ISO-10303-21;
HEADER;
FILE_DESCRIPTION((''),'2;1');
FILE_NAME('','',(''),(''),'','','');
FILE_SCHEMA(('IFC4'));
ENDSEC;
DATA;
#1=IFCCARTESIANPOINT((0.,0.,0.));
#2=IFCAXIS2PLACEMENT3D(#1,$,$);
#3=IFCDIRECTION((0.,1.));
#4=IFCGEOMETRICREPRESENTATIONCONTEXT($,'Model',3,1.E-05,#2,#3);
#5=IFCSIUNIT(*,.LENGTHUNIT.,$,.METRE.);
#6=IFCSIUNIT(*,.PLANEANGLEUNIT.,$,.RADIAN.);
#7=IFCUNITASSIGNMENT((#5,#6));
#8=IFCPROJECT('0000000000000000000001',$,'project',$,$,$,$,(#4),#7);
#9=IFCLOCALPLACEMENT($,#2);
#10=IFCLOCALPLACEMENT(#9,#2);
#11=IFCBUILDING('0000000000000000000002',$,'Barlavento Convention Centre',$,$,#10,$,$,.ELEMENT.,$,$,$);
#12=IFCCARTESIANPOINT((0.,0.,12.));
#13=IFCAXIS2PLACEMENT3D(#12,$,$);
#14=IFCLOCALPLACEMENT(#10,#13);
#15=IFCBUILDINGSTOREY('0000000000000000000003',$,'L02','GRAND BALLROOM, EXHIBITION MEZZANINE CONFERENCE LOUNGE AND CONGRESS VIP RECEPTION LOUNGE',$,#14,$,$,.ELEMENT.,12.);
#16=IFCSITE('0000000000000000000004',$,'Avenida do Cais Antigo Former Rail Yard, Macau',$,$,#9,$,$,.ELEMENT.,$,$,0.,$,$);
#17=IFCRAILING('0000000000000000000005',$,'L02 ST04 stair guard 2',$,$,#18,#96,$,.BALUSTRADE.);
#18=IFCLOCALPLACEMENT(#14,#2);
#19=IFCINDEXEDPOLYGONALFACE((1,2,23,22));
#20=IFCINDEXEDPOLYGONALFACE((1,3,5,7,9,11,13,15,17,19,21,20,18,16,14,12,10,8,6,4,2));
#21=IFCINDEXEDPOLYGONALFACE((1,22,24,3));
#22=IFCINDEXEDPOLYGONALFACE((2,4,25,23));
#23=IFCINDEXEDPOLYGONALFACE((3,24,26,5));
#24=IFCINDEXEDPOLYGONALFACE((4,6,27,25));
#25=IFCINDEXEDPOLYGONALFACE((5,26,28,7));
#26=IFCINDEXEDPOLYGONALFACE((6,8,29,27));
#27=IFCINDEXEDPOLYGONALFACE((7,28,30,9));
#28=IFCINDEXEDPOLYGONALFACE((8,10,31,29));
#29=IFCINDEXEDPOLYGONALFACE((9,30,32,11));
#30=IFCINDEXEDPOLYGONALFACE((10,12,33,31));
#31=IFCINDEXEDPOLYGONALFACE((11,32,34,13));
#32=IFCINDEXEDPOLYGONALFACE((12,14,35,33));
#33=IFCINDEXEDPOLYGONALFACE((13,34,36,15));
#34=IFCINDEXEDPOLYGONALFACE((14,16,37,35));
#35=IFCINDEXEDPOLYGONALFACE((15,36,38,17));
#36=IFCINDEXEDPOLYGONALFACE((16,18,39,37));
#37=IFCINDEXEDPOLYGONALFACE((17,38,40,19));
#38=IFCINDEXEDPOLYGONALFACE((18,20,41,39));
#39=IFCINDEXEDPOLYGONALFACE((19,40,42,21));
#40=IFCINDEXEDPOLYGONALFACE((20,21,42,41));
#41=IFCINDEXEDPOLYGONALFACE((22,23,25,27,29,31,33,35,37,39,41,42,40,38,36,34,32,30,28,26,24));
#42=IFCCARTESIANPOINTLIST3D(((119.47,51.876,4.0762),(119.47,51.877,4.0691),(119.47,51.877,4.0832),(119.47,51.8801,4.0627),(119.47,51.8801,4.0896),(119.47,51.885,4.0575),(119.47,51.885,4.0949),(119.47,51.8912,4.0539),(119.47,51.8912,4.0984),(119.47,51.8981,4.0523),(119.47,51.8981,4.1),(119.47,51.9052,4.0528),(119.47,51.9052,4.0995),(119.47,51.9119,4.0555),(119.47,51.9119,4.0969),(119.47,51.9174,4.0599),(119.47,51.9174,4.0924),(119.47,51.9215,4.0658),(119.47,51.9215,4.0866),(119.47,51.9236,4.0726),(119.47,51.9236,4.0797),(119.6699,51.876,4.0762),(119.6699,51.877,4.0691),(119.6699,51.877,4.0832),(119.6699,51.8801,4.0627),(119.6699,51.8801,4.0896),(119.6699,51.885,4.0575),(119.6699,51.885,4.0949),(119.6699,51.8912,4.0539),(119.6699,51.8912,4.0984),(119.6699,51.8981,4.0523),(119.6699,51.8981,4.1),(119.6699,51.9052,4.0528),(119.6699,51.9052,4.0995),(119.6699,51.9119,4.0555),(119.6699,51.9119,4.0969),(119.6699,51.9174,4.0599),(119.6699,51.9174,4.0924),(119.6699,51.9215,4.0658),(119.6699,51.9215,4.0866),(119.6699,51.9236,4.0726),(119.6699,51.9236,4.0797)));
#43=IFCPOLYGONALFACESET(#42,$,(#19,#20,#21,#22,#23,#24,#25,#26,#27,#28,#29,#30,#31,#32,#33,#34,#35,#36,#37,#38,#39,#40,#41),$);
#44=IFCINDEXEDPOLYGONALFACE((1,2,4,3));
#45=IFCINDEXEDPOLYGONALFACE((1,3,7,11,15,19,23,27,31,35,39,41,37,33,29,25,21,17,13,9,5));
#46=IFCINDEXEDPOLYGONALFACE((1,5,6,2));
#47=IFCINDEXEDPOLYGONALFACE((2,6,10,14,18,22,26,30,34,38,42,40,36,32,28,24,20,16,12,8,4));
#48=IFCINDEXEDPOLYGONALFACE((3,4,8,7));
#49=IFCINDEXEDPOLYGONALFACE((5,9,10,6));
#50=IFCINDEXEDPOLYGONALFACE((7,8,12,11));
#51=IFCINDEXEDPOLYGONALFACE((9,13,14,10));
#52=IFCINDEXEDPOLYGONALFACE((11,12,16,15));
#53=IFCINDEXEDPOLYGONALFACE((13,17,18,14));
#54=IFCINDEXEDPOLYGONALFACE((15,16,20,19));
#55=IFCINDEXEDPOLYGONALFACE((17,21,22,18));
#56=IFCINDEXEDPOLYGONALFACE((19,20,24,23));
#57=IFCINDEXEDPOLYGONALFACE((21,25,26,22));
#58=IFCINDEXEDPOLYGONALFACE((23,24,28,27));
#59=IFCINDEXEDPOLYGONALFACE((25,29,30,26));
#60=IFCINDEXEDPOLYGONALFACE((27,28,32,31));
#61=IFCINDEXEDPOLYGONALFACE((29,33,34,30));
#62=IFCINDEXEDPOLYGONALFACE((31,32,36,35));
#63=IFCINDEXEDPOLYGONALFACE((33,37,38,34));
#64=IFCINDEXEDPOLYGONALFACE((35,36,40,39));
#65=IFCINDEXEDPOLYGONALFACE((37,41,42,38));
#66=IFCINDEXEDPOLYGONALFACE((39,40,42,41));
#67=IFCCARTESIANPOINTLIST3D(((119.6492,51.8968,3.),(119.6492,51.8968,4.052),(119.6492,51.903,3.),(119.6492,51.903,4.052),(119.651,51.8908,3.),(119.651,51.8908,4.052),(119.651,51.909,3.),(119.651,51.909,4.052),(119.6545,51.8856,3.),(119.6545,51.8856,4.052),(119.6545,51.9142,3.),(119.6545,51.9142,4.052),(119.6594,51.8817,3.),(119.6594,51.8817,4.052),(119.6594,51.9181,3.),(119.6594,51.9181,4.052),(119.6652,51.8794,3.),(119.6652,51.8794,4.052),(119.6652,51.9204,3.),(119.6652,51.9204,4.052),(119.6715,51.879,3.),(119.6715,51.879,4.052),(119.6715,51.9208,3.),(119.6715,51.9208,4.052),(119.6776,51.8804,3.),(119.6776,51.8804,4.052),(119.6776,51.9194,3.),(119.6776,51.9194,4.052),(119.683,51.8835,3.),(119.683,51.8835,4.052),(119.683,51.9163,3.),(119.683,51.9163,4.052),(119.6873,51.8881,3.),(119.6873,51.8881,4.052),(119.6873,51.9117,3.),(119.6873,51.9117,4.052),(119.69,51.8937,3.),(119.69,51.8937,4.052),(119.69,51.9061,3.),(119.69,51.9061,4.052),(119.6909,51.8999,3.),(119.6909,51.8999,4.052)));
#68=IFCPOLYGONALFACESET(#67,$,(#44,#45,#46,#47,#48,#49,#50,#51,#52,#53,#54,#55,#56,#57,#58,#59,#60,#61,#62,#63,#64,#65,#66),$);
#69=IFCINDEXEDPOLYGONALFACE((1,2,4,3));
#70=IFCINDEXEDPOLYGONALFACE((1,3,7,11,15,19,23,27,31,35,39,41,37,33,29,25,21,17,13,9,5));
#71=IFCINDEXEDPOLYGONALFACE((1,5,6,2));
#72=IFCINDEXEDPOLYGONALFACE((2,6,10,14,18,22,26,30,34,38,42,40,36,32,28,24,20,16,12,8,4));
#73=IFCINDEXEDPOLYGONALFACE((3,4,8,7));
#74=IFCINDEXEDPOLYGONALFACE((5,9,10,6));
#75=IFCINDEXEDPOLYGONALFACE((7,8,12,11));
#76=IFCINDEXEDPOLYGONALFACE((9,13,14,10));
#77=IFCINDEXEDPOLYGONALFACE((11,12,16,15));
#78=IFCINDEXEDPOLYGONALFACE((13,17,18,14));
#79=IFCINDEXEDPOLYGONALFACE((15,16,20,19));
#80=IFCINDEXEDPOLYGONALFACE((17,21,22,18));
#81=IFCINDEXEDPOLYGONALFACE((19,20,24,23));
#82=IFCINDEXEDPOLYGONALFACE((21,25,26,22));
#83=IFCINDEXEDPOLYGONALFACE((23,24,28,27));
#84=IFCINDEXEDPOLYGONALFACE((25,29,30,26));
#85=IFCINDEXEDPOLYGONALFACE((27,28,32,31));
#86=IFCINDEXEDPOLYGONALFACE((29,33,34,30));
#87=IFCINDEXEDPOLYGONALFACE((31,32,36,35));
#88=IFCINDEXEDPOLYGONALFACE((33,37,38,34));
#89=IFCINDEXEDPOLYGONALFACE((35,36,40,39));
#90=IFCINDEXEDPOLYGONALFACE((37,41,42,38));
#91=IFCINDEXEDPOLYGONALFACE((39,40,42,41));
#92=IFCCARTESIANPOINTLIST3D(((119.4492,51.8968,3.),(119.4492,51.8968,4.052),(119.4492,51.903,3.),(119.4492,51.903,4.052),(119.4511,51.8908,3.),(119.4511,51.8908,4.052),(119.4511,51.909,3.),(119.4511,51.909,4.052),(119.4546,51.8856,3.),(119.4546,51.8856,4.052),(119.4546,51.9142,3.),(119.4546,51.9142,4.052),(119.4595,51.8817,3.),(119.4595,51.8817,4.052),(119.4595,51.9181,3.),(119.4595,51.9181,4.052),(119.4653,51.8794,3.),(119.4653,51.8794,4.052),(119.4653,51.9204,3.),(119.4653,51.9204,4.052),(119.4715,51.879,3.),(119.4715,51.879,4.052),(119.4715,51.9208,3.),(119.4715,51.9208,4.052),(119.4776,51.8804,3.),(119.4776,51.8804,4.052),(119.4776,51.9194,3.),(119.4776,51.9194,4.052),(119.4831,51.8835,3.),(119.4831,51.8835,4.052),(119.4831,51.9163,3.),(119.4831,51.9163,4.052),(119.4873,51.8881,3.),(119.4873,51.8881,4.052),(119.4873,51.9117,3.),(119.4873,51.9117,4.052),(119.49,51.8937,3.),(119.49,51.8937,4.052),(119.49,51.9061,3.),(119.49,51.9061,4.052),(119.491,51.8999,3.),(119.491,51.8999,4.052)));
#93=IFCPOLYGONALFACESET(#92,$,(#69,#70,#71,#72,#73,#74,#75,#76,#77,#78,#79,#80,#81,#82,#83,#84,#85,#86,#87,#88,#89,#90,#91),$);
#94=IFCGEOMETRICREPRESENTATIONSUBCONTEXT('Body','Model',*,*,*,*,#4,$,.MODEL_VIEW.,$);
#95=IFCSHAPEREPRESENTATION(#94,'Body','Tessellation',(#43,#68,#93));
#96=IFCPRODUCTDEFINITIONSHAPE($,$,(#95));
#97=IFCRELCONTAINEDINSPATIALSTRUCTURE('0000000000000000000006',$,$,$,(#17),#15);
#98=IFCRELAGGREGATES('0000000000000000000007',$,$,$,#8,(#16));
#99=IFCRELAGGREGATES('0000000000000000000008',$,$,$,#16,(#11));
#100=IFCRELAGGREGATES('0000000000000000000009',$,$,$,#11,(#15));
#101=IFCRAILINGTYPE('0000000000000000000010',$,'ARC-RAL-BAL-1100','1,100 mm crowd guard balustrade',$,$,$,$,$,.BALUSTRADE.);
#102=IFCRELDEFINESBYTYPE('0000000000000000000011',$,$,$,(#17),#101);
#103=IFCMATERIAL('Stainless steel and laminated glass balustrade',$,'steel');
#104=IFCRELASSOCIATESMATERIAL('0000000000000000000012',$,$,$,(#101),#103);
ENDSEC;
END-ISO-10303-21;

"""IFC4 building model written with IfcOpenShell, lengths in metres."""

from ifc_helpers import new_model, si_unit, direction, frame, origin, origin_2d, place, context, subcontext, project, spatial, circle, extrude, material, type_object, element, save


model = new_model("IFC4")

# Units and contexts
model_context = context("Model", 3, precision=1e-05, world=origin(), true_north=direction((0.0, 1.0)))
body_context = subcontext(model_context, "Body", "Model", "MODEL_VIEW")
ifc_project = project(units=[si_unit("LENGTHUNIT", "METRE"), si_unit("PLANEANGLEUNIT", "RADIAN")], contexts=[model_context])

# Site, building, storey
site_placement = place(None, origin())
site = spatial("IfcSite", under=ifc_project, at=site_placement, Name="Avenida do Cais Antigo Former Rail Yard, Macau", CompositionType="ELEMENT", RefElevation=0.0)
building_placement = place(site_placement, origin())
building = spatial("IfcBuilding", under=site, at=building_placement, Name="Barlavento Convention Centre", CompositionType="ELEMENT")
storey_placement = place(building_placement, frame((0.0, 0.0, 12.0)))
storey = spatial("IfcBuildingStorey", under=building, at=storey_placement, Name="L02", Description="GRAND BALLROOM, EXHIBITION MEZZANINE CONFERENCE LOUNGE AND CONGRESS VIP RECEPTION LOUNGE", CompositionType="ELEMENT", Elevation=12.0)

# Railing
ifc_material_1 = material(Name="Stainless steel and laminated glass balustrade", Category="steel")
railing_type_1 = type_object("IfcRailingType", Name="ARC-RAL-BAL-1100", Description="1,100 mm crowd guard balustrade", PredefinedType="BALUSTRADE", material=ifc_material_1)
railing_1_placement = place(storey_placement, frame((119.6699, 51.8999, 3.0)))
element("IfcRailing", 1, at=railing_1_placement, inside=storey, type_object=railing_type_1, Name="L02 ST04 stair guard 2", PredefinedType="BALUSTRADE", context=body_context, shape_type="SweptSolid", body=[
    extrude(circle(Radius=0.0239, at=origin_2d()), frame((0.0, 0.0, 1.0762), z_axis=(-1.0, 0.0, 0.0), x_axis=(0.0, -1.0, 0.0)), (0.0, 0.0, 1.0), 0.2),
    extrude(circle(Radius=0.021, at=origin_2d()), origin(), (0.0, 0.0, 1.0), 1.052),
    extrude(circle(Radius=0.021, at=origin_2d()), frame((-0.2, 0.0, 0.0)), (0.0, 0.0, 1.0), 1.052),
])

save(model, "model.ifc")
